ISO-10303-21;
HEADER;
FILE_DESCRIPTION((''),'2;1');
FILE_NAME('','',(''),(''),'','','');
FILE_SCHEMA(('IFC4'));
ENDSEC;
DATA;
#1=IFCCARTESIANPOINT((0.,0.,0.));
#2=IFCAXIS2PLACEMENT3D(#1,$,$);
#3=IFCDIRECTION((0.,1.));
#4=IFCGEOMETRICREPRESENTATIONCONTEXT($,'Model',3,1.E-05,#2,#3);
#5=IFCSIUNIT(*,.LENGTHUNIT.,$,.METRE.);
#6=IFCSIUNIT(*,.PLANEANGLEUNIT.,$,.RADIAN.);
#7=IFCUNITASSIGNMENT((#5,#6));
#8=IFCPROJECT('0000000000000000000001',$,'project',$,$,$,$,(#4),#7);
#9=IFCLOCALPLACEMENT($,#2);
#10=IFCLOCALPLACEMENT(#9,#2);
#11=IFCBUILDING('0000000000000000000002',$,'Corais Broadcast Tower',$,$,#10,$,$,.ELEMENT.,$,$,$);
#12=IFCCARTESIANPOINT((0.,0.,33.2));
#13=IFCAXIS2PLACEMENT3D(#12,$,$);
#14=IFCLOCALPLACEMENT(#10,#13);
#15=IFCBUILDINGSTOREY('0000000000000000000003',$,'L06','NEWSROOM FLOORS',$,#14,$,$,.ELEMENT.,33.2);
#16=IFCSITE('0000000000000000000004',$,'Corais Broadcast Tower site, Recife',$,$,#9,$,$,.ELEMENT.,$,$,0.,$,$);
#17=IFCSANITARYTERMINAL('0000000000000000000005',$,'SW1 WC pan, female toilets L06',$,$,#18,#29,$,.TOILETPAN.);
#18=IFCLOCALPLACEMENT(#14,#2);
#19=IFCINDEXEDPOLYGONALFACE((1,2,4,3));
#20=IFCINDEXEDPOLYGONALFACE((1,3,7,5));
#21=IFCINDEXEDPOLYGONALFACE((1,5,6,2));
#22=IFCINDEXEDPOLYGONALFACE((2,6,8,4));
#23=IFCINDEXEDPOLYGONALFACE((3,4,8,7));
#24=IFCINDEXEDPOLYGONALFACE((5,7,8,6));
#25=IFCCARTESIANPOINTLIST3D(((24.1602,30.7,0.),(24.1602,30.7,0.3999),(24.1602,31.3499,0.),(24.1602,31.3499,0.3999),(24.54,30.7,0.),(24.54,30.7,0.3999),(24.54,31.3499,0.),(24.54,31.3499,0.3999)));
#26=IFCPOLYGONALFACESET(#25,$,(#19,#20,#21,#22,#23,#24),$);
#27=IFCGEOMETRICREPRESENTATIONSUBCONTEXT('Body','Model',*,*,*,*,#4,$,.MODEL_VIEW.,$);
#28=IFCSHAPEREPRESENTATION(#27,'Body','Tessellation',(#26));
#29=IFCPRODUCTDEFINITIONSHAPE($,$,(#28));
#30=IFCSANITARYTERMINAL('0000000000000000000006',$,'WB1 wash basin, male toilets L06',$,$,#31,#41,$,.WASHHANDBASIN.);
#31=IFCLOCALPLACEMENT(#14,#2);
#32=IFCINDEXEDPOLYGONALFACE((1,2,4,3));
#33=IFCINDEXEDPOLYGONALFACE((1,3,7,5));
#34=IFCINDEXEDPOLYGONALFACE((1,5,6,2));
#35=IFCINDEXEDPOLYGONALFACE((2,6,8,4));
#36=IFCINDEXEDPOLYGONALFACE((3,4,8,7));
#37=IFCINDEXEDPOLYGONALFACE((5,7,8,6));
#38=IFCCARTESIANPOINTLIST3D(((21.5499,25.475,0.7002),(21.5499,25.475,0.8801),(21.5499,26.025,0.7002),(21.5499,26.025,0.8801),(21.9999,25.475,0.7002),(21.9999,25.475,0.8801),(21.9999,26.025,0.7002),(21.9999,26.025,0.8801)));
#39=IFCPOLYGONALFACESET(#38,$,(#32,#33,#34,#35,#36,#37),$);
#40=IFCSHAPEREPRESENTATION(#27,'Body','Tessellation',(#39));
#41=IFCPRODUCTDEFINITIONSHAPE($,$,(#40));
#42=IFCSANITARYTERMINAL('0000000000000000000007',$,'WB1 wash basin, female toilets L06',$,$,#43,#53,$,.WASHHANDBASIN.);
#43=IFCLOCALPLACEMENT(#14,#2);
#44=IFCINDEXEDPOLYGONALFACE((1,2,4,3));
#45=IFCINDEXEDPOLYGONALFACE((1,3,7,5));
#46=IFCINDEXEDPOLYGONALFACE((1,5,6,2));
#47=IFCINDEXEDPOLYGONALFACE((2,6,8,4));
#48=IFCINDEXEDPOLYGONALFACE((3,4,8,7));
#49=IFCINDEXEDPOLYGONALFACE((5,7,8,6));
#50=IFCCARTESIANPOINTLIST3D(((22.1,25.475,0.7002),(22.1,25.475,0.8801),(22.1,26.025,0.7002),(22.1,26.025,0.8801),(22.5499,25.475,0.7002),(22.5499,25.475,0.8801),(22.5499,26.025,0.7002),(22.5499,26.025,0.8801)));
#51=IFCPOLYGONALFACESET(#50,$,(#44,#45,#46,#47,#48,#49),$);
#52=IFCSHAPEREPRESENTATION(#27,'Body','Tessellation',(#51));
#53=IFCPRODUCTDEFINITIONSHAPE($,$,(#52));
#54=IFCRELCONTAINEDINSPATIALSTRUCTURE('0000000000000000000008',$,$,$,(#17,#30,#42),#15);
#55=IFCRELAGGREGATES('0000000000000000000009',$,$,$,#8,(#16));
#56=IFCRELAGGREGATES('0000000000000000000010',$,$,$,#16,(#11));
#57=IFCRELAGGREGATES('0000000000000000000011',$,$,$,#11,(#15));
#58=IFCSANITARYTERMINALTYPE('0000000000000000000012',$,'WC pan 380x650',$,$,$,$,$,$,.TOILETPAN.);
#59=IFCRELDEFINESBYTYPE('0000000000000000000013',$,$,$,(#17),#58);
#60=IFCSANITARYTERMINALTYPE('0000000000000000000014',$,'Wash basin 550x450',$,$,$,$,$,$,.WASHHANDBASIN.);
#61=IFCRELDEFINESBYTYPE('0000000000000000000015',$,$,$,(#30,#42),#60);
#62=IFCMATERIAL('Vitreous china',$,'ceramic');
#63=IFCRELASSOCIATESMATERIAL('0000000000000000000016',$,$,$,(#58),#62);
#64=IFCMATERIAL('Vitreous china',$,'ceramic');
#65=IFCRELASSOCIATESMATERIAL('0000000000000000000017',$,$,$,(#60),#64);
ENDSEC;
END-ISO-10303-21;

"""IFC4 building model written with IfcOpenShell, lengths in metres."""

from ifc_helpers import new_model, si_unit, direction, frame, origin, origin_2d, place, context, subcontext, project, spatial, rectangle, extrude, material, type_object, element, save


model = new_model("IFC4")

# Units and contexts
model_context = context("Model", 3, precision=1e-05, world=origin(), true_north=direction((0.0, 1.0)))
body_context = subcontext(model_context, "Body", "Model", "MODEL_VIEW")
ifc_project = project(units=[si_unit("LENGTHUNIT", "METRE"), si_unit("PLANEANGLEUNIT", "RADIAN")], contexts=[model_context])

# Site, building, storey
site_placement = place(None, origin())
site = spatial("IfcSite", under=ifc_project, at=site_placement, Name="Corais Broadcast Tower site, Recife", CompositionType="ELEMENT", RefElevation=0.0)
building_placement = place(site_placement, origin())
building = spatial("IfcBuilding", under=site, at=building_placement, Name="Corais Broadcast Tower", CompositionType="ELEMENT")
storey_placement = place(building_placement, frame((0.0, 0.0, 33.2)))
storey = spatial("IfcBuildingStorey", under=building, at=storey_placement, Name="L06", Description="NEWSROOM FLOORS", CompositionType="ELEMENT", Elevation=33.2)

# Sanitary terminals
ifc_material_1 = material(Name="Vitreous china", Category="ceramic")
sanitary_terminal_type_1 = type_object("IfcSanitaryTerminalType", Name="WC pan 380x650", PredefinedType="TOILETPAN", material=ifc_material_1)
for number, where, z_axis, x_axis, name in (
    (1, (24.3501, 31.0249, 0.0), (0.0, 0.0, 1.0), (1.0, 0.0, 0.0), "SW1 WC pan, female toilets L06"),
):
    element("IfcSanitaryTerminal", number, at=place(storey_placement, frame(where, z_axis=z_axis, x_axis=x_axis)), inside=storey, type_object=sanitary_terminal_type_1, Name=name, PredefinedType="TOILETPAN", context=body_context, shape_type="SweptSolid", body=[
        extrude(rectangle(XDim=0.3799, YDim=0.6499, at=origin_2d()), origin(), (0.0, 0.0, 1.0), 0.3999),
    ])
ifc_material_2 = material(Name="Vitreous china", Category="ceramic")
sanitary_terminal_type_2 = type_object("IfcSanitaryTerminalType", Name="Wash basin 550x450", PredefinedType="WASHHANDBASIN", material=ifc_material_2)
for number, where, z_axis, x_axis, name in (
    (2, (21.7749, 25.75, 0.7002), (0.0, 0.0, 1.0), (1.0, 0.0, 0.0), "WB1 wash basin, male toilets L06"),
    (3, (22.325, 25.75, 0.7002), (0.0, 0.0, 1.0), (1.0, 0.0, 0.0), "WB1 wash basin, female toilets L06"),
):
    element("IfcSanitaryTerminal", number, at=place(storey_placement, frame(where, z_axis=z_axis, x_axis=x_axis)), inside=storey, type_object=sanitary_terminal_type_2, Name=name, PredefinedType="WASHHANDBASIN", context=body_context, shape_type="SweptSolid", body=[
        extrude(rectangle(XDim=0.45, YDim=0.55, at=origin_2d()), origin(), (0.0, 0.0, 1.0), 0.1799),
    ])

save(model, "model.ifc")
